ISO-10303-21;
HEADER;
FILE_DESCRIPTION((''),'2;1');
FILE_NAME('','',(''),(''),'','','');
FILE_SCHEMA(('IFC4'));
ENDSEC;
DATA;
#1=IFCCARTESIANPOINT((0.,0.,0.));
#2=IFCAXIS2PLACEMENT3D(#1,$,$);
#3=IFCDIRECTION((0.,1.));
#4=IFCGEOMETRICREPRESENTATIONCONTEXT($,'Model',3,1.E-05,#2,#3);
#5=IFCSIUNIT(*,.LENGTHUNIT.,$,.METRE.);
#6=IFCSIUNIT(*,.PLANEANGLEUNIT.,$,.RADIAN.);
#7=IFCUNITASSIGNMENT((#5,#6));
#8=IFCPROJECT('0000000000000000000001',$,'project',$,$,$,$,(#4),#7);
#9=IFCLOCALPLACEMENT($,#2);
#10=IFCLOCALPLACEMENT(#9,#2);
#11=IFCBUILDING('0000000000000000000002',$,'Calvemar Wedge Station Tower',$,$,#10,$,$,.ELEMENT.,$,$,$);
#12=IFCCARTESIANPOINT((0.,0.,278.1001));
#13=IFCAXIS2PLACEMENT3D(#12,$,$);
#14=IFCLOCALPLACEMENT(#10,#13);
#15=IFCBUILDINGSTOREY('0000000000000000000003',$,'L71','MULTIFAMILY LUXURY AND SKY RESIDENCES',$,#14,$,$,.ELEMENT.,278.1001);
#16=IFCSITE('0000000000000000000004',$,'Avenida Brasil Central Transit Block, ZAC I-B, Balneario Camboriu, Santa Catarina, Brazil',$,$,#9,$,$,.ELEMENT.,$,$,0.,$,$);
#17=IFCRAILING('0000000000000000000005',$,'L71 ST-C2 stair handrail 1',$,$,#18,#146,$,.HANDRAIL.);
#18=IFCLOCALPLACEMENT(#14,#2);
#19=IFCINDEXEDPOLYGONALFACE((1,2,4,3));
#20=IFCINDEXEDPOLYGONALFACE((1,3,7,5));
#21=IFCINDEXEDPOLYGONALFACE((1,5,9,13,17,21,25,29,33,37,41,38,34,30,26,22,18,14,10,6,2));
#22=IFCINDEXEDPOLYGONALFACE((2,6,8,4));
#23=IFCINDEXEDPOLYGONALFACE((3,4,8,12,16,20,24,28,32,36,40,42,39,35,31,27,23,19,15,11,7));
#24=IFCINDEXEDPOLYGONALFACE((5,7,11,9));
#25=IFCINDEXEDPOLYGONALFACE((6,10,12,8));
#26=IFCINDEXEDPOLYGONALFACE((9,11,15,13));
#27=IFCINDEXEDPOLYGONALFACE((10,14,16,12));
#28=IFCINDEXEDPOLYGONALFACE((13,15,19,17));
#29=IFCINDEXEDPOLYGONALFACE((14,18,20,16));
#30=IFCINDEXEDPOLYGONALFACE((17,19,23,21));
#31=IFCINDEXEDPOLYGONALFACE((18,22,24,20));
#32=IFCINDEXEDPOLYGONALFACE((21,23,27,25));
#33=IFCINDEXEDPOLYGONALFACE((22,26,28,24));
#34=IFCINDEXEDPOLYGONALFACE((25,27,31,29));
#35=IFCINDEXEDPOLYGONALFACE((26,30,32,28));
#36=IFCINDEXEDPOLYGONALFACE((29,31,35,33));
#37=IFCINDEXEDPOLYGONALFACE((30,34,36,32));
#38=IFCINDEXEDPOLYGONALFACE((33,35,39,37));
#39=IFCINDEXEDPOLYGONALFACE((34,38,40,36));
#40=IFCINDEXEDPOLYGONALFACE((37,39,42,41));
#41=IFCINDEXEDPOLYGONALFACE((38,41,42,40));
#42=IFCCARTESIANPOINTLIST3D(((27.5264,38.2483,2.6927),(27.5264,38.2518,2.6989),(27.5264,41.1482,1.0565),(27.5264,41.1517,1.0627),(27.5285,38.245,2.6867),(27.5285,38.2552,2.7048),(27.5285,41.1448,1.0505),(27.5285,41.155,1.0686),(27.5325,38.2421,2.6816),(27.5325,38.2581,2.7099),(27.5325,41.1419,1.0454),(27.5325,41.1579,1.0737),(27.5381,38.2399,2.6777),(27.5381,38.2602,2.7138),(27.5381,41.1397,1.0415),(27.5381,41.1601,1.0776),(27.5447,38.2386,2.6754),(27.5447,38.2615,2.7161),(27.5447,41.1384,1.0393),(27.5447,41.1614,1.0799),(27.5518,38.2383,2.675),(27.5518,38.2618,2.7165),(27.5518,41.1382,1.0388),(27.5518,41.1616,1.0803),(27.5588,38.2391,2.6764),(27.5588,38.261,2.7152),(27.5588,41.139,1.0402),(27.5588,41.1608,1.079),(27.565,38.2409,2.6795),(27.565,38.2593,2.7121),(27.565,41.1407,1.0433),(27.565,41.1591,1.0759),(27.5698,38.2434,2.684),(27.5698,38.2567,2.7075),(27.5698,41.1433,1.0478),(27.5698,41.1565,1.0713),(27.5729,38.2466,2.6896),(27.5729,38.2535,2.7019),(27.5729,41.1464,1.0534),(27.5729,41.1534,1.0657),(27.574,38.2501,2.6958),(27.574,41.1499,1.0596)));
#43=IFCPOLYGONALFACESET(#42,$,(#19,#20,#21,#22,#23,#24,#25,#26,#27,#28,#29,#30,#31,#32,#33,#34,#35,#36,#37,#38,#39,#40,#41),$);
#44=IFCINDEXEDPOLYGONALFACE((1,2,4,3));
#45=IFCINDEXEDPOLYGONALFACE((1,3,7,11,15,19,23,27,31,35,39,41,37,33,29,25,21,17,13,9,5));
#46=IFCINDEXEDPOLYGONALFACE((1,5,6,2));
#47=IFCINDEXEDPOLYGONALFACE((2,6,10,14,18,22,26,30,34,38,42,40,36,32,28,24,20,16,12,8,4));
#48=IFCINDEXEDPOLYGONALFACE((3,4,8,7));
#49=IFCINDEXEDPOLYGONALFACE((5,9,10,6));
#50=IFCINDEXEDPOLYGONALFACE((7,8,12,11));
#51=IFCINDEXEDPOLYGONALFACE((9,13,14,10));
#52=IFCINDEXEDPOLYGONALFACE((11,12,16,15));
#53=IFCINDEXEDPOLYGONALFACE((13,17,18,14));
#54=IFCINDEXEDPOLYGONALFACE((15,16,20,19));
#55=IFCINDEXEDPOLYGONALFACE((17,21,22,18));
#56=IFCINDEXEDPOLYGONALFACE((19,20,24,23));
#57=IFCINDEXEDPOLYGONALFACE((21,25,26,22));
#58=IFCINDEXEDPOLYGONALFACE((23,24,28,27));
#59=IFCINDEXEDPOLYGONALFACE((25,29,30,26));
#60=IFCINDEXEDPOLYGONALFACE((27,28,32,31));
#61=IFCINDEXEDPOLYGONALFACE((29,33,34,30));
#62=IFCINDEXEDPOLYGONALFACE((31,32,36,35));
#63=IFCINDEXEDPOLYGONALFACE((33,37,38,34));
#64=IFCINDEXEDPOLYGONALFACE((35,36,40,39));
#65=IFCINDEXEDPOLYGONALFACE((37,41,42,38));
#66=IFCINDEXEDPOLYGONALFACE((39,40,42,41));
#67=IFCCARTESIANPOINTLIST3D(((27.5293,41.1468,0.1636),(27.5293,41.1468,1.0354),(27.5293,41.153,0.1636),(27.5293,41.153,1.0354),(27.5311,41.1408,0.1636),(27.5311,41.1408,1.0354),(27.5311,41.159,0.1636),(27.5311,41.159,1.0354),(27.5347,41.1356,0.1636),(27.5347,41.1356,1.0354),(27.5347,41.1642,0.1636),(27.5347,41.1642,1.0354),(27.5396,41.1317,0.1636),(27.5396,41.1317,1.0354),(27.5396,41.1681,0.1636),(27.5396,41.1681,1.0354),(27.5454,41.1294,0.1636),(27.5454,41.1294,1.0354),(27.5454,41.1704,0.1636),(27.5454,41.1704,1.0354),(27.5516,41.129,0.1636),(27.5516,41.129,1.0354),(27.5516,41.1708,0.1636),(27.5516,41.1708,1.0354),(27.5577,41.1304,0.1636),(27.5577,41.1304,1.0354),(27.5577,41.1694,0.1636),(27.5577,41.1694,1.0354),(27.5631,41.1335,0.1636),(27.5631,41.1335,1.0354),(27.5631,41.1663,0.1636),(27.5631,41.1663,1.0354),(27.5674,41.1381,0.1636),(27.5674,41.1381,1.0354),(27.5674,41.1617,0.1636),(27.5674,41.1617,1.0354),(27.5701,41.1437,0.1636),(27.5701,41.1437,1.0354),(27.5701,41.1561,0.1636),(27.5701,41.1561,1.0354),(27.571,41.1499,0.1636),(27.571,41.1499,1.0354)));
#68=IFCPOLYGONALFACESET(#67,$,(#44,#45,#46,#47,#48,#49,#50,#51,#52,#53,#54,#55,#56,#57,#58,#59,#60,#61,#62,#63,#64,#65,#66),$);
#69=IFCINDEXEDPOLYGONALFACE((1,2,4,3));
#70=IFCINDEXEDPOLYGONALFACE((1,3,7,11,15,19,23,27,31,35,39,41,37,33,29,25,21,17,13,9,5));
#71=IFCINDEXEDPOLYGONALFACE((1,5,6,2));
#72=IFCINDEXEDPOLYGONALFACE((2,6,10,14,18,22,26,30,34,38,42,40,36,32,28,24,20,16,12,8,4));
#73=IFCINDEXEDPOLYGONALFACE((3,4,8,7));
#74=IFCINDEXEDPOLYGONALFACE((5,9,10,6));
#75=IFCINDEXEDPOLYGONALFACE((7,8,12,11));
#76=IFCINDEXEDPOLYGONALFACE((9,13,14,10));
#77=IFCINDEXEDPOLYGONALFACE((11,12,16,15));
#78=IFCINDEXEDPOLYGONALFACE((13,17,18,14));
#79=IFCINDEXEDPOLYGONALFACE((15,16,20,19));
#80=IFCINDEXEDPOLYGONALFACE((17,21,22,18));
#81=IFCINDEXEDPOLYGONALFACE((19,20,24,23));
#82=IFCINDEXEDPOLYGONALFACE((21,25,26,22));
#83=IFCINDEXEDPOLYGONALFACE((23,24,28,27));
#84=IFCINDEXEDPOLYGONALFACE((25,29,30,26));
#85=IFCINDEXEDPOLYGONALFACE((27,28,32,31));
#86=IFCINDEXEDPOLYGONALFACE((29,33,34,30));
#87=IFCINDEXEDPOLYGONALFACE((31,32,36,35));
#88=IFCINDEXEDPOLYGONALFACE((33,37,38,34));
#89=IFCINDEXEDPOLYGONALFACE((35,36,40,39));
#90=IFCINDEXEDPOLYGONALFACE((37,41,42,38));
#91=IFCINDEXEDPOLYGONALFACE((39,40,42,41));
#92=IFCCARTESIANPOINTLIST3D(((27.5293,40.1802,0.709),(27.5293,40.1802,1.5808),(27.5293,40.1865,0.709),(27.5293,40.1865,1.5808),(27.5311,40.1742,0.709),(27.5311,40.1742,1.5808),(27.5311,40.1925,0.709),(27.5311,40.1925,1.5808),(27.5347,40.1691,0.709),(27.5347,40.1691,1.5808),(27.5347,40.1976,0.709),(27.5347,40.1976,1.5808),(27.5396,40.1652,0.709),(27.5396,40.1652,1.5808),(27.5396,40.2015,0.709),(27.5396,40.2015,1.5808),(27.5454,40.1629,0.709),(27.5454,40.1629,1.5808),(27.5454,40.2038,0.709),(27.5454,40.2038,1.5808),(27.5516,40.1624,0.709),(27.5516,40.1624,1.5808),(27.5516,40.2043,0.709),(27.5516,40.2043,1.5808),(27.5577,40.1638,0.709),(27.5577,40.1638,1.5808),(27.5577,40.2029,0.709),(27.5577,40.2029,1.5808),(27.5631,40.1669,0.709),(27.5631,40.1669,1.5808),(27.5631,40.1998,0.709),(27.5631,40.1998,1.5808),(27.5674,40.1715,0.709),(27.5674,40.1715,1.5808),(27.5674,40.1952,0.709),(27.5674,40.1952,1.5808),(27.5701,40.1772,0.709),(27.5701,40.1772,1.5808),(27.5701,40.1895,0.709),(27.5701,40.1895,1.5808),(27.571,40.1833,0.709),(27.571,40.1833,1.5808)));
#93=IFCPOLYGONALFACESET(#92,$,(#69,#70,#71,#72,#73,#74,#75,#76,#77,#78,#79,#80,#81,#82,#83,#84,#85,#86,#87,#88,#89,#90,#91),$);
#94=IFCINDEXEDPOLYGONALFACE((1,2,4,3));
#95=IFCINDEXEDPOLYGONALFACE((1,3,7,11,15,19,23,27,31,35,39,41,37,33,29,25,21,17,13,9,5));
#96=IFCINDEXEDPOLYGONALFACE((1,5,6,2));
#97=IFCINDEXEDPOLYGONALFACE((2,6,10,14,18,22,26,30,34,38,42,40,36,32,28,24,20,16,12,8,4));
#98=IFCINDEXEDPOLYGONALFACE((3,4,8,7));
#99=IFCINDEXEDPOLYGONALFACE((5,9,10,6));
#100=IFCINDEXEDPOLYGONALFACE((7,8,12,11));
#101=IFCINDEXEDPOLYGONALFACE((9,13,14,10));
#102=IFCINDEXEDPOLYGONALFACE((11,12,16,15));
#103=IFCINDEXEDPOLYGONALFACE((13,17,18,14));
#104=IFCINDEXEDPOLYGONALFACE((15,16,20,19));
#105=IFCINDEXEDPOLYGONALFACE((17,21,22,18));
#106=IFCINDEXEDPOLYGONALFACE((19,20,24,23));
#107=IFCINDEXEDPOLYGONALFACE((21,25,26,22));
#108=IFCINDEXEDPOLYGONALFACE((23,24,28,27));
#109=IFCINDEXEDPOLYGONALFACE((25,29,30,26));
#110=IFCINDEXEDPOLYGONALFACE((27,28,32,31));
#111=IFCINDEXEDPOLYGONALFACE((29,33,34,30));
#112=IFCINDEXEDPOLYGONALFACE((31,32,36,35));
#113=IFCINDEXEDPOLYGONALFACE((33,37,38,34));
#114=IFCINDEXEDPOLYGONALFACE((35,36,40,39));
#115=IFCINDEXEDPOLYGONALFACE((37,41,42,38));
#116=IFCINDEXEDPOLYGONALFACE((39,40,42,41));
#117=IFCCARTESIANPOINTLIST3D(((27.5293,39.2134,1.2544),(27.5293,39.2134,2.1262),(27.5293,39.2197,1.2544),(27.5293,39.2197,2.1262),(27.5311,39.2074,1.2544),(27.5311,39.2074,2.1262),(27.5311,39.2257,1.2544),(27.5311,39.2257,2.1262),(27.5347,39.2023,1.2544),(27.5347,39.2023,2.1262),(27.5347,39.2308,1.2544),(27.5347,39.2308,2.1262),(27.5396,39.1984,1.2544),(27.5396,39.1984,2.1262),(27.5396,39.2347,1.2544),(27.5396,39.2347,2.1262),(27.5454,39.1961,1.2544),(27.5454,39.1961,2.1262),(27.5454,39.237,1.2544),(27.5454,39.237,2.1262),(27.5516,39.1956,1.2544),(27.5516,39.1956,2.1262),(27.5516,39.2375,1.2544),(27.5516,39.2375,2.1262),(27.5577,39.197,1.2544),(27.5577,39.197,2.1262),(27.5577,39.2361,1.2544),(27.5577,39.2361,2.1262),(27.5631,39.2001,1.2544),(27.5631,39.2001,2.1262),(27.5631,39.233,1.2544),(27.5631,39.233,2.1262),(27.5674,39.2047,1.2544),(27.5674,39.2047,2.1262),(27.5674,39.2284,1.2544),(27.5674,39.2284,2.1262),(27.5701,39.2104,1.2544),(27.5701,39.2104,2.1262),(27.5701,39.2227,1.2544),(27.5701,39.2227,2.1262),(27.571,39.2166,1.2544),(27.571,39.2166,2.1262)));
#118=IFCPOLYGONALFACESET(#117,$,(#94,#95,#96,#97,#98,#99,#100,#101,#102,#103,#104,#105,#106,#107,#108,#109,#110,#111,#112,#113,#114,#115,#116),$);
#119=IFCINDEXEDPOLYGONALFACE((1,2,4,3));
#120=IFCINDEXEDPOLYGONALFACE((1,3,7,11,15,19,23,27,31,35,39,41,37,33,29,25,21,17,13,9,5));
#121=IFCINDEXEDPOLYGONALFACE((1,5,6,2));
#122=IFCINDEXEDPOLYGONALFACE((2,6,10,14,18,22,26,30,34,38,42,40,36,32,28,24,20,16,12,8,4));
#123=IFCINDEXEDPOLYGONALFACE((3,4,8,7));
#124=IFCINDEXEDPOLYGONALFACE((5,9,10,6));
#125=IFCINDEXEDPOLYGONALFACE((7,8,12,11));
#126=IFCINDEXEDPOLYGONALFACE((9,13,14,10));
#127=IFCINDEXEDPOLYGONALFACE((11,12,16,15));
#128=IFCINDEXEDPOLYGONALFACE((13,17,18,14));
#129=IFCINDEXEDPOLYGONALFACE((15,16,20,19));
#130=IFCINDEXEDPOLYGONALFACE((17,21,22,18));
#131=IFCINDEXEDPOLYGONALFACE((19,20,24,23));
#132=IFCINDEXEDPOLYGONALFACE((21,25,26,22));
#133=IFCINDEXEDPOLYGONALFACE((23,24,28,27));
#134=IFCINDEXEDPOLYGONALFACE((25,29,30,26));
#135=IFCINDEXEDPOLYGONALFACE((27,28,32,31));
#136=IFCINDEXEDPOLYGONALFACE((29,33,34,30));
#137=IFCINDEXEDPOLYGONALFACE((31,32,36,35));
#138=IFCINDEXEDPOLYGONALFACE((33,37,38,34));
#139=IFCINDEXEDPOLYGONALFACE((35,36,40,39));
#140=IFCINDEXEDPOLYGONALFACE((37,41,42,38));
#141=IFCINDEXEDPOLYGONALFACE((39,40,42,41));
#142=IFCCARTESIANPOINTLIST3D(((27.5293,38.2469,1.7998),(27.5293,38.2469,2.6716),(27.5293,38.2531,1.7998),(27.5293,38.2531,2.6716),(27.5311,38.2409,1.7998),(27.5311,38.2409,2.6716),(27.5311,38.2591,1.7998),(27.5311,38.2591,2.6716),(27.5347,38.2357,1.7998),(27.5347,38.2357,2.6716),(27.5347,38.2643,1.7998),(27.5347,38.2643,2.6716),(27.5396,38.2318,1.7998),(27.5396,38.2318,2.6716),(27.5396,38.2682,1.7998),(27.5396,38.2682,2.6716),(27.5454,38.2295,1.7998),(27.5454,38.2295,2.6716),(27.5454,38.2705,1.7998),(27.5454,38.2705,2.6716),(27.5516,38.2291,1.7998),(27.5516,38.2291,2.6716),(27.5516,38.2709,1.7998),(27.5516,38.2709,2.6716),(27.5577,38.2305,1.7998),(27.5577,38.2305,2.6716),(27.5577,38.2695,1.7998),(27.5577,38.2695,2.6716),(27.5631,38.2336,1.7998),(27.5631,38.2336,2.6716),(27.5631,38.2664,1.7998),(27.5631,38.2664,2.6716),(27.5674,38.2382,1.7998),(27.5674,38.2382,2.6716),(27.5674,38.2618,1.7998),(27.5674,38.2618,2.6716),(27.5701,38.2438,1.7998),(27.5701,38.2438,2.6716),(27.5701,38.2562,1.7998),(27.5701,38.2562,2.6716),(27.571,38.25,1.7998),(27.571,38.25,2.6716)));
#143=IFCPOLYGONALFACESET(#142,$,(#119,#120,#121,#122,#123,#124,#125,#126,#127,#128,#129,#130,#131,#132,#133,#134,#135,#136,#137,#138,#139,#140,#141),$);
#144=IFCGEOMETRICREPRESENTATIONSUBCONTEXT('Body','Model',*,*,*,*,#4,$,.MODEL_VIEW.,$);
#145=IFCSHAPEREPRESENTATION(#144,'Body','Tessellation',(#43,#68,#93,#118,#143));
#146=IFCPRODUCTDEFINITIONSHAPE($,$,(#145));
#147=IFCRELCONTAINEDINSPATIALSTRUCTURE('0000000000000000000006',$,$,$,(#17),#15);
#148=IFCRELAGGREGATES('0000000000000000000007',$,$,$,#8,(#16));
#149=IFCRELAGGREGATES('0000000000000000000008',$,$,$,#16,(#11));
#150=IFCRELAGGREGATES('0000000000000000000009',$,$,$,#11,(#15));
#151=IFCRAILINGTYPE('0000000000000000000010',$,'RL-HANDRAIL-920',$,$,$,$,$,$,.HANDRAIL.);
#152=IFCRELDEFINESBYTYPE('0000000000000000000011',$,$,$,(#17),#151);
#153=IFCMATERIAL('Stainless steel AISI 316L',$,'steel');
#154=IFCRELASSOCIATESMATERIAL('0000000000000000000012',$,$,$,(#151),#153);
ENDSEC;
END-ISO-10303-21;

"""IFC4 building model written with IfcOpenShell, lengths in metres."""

from ifc_helpers import new_model, si_unit, direction, frame, origin, origin_2d, place, context, subcontext, project, spatial, circle, extrude, material, type_object, element, save


model = new_model("IFC4")

# Units and contexts
model_context = context("Model", 3, precision=1e-05, world=origin(), true_north=direction((0.0, 1.0)))
body_context = subcontext(model_context, "Body", "Model", "MODEL_VIEW")
ifc_project = project(units=[si_unit("LENGTHUNIT", "METRE"), si_unit("PLANEANGLEUNIT", "RADIAN")], contexts=[model_context])

# Site, building, storey
site_placement = place(None, origin())
site = spatial("IfcSite", under=ifc_project, at=site_placement, Name="Avenida Brasil Central Transit Block, ZAC I-B, Balneario Camboriu, Santa Catarina, Brazil", CompositionType="ELEMENT", RefElevation=0.0)
building_placement = place(site_placement, origin())
building = spatial("IfcBuilding", under=site, at=building_placement, Name="Calvemar Wedge Station Tower", CompositionType="ELEMENT")
storey_placement = place(building_placement, frame((0.0, 0.0, 278.1001)))
storey = spatial("IfcBuildingStorey", under=building, at=storey_placement, Name="L71", Description="MULTIFAMILY LUXURY AND SKY RESIDENCES", CompositionType="ELEMENT", Elevation=278.1001)

# Railing
ifc_material_1 = material(Name="Stainless steel AISI 316L", Category="steel")
railing_type = type_object("IfcRailingType", Name="RL-HANDRAIL-920", PredefinedType="HANDRAIL", material=ifc_material_1)
railing_placement = place(storey_placement, frame((27.55, 41.1499, 0.1636)))
element("IfcRailing", 1, at=railing_placement, inside=storey, type_object=railing_type, Name="L71 ST-C2 stair handrail 1", PredefinedType="HANDRAIL", context=body_context, shape_type="SweptSolid", body=[
    extrude(circle(Radius=0.0239, at=origin_2d()), frame((0.0, 0.0, 0.896), z_axis=(0.0, -0.870929, 0.49141), x_axis=(1.0, 0.0, 0.0)), (0.0, 0.0, 1.0), 3.3296),
    extrude(circle(Radius=0.021, at=origin_2d()), origin(), (0.0, 0.0, 1.0), 0.8718),
    extrude(circle(Radius=0.021, at=origin_2d()), frame((0.0, -0.9666, 0.5454)), (0.0, 0.0, 1.0), 0.8718),
    extrude(circle(Radius=0.021, at=origin_2d()), frame((0.0, -1.9333, 1.0908)), (0.0, 0.0, 1.0), 0.8718),
    extrude(circle(Radius=0.021, at=origin_2d()), frame((0.0, -2.8999, 1.6362)), (0.0, 0.0, 1.0), 0.8718),
])

save(model, "model.ifc")
